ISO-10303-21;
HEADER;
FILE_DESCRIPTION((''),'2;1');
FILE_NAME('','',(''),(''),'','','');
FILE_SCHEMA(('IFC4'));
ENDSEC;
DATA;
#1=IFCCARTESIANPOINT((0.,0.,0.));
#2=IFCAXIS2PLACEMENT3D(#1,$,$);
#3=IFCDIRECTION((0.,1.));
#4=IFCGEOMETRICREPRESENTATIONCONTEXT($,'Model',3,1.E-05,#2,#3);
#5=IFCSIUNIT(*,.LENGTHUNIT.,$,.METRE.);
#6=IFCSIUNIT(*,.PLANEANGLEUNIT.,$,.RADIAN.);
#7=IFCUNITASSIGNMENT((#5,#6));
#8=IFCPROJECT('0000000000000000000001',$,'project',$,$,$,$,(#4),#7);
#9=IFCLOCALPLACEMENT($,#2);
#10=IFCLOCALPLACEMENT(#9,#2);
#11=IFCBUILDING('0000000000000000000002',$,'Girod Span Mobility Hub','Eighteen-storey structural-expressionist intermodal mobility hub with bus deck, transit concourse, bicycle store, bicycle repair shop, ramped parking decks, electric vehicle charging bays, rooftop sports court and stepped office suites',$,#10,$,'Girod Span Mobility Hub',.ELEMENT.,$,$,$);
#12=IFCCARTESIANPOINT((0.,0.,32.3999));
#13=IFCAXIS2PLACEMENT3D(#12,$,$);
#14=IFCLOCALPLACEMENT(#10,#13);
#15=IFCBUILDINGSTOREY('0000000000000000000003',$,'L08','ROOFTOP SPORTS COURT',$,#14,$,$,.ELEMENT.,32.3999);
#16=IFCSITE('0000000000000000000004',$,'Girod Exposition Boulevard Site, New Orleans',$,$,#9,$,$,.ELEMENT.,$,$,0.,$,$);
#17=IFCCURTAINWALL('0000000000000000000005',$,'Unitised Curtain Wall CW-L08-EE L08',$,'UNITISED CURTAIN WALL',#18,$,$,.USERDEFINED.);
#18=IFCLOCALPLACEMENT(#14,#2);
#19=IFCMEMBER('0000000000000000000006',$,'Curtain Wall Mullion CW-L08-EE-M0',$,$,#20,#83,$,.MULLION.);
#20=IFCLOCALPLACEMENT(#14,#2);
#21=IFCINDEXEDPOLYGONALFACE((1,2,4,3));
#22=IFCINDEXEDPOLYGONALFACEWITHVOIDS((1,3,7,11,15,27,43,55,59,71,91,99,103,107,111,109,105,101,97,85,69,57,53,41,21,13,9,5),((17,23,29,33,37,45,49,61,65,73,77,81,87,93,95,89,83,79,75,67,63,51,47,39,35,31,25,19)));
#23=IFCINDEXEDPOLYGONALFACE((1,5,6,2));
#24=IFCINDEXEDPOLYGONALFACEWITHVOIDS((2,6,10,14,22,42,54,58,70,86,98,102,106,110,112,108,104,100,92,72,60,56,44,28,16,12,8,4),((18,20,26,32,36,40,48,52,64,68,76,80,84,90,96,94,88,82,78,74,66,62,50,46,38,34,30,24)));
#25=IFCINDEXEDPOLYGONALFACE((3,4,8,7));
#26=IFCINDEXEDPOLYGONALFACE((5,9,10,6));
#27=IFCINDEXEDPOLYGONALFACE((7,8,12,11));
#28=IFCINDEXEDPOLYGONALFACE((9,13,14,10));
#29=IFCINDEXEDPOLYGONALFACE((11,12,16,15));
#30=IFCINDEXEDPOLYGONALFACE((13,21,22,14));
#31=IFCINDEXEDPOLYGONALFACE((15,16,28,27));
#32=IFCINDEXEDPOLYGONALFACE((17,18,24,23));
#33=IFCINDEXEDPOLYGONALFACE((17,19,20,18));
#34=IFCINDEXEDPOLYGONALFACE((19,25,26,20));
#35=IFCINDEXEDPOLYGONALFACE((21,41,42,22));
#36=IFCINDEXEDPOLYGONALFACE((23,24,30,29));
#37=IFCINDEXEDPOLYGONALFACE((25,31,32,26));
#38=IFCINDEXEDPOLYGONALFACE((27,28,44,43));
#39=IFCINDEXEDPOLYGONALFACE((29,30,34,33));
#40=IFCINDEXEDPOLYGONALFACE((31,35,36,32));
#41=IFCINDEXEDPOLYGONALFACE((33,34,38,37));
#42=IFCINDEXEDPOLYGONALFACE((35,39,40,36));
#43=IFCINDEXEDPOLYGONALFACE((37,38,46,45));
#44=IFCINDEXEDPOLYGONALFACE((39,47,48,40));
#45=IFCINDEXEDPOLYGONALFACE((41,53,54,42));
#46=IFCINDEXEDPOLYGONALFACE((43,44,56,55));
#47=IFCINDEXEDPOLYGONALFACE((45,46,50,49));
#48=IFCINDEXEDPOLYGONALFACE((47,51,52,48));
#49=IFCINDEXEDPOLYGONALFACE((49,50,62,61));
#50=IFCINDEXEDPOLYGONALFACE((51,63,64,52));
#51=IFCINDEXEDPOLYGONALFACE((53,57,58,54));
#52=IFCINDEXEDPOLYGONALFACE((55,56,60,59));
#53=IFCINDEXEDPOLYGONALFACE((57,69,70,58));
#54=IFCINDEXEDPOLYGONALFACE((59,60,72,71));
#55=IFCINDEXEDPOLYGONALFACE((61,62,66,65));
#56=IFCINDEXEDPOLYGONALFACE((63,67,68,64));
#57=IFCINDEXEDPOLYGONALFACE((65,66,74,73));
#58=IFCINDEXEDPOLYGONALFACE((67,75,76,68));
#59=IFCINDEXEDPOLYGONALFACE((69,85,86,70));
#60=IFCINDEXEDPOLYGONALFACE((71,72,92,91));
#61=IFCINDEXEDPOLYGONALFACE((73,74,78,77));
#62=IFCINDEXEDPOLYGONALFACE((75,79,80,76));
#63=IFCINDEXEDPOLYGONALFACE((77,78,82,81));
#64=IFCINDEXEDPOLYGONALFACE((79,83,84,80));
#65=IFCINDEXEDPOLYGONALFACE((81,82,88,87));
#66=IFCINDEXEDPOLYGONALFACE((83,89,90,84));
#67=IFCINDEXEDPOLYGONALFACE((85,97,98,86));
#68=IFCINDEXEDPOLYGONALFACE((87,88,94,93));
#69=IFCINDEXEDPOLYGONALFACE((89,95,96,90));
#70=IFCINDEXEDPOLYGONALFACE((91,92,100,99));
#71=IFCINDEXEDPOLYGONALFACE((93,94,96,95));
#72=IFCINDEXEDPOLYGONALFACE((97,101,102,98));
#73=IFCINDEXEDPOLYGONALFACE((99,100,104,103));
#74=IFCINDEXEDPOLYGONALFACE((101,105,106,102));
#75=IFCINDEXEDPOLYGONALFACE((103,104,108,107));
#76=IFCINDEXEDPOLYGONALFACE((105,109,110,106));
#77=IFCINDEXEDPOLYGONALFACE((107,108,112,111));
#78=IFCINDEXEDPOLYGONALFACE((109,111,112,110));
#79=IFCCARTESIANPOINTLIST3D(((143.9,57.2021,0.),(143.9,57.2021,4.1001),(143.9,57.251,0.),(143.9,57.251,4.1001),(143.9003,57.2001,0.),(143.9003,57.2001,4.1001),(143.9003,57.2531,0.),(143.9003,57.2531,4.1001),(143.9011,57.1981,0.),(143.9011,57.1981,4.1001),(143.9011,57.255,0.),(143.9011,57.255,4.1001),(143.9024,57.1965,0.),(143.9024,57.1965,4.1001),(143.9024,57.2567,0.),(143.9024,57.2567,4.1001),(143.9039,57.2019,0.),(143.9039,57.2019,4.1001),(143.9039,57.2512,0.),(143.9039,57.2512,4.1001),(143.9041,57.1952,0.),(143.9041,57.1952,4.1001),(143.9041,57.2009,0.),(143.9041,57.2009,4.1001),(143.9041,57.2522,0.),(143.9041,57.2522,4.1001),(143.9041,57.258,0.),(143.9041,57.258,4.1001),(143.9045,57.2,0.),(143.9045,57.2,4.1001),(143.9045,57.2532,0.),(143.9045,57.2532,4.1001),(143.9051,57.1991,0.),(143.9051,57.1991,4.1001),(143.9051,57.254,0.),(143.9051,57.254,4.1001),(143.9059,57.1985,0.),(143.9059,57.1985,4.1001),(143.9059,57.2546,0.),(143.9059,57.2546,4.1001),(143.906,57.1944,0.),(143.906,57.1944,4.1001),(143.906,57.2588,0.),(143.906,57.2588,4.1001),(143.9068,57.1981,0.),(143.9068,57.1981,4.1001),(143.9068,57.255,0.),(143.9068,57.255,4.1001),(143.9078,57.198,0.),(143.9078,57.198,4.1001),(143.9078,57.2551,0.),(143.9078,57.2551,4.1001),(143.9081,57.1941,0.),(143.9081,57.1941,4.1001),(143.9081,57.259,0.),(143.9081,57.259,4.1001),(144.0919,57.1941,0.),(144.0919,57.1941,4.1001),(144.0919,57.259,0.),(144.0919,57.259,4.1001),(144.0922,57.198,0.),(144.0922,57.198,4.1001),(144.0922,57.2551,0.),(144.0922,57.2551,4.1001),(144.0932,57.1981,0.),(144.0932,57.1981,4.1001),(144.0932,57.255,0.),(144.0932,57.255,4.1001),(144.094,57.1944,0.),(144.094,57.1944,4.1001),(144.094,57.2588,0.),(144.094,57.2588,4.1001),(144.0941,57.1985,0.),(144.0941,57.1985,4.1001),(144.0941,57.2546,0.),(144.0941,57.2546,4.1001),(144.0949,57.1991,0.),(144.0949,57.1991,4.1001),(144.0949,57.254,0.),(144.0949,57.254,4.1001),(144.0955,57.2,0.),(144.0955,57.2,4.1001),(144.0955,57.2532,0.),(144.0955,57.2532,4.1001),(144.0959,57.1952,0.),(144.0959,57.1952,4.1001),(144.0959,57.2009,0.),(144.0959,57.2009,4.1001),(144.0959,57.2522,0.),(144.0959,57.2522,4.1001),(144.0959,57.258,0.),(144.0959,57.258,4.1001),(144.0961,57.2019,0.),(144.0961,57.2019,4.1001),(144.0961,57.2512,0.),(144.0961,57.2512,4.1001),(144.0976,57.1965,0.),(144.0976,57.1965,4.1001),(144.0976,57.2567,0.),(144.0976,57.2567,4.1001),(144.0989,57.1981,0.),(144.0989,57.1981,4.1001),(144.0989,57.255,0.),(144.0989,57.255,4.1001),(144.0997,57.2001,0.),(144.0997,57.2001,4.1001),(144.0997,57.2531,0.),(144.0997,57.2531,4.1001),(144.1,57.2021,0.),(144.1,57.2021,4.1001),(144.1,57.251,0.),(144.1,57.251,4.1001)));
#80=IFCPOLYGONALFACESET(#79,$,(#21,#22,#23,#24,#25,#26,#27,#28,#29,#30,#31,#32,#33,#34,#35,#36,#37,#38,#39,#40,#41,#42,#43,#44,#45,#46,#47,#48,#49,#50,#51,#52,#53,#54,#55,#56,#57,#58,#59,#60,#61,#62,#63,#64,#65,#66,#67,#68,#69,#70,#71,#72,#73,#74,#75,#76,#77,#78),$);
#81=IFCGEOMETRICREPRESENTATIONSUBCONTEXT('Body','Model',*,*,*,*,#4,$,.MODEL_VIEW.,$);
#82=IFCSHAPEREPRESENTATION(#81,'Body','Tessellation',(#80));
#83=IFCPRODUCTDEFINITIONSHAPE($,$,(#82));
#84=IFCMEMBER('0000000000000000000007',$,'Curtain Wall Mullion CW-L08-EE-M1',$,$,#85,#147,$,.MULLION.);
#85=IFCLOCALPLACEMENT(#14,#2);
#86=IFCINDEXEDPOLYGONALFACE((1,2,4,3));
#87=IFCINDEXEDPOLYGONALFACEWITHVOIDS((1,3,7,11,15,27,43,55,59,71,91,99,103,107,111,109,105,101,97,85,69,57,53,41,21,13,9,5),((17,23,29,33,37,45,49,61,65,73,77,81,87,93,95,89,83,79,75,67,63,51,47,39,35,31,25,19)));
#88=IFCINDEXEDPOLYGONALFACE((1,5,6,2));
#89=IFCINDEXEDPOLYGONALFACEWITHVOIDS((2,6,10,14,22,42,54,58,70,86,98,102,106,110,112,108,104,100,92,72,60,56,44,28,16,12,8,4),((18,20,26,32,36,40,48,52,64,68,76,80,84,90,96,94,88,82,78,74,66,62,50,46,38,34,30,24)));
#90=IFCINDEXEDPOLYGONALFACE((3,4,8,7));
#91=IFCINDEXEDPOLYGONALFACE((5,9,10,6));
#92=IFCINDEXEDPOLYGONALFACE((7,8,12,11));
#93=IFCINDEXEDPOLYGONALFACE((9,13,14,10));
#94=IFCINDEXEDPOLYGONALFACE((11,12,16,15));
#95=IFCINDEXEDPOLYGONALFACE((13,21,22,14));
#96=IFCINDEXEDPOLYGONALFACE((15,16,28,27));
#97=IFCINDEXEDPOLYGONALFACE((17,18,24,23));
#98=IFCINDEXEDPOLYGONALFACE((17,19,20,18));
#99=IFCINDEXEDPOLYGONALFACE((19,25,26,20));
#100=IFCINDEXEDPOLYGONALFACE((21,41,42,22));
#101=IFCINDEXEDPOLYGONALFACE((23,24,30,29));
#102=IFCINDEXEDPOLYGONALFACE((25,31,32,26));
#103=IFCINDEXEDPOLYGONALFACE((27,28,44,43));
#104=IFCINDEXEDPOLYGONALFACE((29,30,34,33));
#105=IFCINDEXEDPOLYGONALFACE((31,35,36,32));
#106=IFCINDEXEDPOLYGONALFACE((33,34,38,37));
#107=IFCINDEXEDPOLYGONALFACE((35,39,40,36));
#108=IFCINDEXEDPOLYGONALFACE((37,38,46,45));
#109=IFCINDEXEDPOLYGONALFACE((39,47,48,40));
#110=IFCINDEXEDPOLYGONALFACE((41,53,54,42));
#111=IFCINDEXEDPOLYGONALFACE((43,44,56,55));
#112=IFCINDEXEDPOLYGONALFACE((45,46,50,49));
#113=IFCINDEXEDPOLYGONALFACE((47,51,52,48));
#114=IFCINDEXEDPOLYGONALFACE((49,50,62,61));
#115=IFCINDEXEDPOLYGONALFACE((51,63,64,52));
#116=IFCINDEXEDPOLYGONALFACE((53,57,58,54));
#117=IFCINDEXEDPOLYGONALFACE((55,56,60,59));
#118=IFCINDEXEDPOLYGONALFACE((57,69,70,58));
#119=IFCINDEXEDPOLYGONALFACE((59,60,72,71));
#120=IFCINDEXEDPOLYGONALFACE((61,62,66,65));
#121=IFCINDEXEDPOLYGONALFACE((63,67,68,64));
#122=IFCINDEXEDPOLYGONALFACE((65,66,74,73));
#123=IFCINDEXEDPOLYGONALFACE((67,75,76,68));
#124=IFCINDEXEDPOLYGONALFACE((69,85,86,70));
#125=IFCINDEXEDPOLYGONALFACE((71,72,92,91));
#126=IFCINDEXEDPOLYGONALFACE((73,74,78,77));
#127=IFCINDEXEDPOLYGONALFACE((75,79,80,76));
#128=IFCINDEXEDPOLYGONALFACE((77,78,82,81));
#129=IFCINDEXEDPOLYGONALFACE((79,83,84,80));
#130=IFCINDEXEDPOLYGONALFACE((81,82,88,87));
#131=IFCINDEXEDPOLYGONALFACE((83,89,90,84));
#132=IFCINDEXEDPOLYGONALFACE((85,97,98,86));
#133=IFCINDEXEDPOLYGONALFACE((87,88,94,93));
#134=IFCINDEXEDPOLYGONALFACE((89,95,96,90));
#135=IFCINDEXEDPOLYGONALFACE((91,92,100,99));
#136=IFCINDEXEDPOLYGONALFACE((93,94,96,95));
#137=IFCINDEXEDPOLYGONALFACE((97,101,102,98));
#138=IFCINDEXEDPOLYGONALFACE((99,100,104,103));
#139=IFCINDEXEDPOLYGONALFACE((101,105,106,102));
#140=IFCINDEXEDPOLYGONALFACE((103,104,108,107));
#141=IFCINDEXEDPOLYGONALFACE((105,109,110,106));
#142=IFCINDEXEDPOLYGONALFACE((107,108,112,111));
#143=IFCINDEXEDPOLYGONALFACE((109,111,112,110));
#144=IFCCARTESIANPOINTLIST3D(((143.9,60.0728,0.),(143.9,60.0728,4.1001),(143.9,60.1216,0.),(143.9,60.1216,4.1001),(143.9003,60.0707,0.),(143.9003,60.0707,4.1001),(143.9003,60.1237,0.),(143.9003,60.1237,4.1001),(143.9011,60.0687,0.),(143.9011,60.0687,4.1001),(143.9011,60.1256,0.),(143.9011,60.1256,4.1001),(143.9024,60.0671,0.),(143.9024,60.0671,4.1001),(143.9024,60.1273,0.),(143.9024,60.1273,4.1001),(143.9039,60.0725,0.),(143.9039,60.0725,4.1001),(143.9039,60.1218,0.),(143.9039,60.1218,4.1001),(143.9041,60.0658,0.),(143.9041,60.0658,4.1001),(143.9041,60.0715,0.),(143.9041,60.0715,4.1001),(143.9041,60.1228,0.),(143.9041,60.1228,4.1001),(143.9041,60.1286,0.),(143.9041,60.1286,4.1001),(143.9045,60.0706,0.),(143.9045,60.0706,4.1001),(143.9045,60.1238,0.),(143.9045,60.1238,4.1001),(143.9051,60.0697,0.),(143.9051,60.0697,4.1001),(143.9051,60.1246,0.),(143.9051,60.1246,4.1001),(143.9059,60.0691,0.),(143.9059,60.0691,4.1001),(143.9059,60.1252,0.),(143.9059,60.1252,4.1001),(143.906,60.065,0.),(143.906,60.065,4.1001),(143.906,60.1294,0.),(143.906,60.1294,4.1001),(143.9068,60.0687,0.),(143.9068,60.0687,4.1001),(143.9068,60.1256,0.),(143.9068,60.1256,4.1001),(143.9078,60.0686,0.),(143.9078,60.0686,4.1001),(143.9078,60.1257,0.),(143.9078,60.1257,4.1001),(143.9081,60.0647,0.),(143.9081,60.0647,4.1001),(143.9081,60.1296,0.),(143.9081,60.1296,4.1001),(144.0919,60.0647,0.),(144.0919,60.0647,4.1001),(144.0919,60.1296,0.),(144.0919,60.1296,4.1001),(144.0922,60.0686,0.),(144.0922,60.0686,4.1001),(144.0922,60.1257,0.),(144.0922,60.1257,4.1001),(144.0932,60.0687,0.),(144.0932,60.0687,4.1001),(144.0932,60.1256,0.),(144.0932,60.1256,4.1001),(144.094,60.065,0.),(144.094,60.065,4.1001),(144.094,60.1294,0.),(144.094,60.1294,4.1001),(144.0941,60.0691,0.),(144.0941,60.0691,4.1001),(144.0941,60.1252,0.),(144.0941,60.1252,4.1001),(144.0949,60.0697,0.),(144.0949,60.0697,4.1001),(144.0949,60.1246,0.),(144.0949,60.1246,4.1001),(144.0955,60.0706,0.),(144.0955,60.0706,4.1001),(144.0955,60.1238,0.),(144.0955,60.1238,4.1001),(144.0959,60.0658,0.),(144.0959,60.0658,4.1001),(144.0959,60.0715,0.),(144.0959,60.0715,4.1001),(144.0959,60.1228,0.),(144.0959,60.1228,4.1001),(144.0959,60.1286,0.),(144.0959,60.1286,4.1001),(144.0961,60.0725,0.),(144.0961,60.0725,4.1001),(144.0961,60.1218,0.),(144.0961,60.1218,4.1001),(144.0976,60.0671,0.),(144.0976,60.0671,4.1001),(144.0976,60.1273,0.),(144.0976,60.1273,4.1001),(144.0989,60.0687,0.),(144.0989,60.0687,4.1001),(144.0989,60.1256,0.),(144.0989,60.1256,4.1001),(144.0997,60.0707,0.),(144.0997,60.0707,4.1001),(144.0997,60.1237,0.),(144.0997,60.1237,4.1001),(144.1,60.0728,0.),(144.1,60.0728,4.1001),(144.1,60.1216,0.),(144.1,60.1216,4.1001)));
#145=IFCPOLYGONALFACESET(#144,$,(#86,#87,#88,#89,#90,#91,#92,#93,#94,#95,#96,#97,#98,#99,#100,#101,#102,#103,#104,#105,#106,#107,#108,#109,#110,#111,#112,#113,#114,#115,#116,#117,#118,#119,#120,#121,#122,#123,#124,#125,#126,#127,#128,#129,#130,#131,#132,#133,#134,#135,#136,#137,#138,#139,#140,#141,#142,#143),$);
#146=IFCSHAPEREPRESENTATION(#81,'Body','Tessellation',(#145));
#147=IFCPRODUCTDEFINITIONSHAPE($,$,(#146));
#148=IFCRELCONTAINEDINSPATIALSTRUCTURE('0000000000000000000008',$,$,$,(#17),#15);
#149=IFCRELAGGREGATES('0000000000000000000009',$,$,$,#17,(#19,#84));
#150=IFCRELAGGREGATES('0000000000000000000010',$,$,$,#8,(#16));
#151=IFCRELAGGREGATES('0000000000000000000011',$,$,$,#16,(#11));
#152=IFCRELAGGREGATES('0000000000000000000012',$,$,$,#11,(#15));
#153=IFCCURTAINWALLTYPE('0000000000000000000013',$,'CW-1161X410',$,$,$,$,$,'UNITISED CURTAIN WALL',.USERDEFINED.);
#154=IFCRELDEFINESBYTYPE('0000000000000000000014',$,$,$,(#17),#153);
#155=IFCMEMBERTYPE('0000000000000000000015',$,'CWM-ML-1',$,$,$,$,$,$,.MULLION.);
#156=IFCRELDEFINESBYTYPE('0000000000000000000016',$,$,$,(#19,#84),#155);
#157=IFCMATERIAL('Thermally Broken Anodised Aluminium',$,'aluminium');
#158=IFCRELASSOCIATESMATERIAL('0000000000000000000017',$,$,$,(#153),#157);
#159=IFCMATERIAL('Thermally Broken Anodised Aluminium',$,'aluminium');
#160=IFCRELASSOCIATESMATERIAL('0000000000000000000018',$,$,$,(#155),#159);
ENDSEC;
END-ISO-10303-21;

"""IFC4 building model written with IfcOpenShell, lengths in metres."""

from ifc_helpers import new_model, si_unit, direction, frame, origin, origin_2d, place, context, subcontext, project, spatial, hollow_rectangle, extrude, material, material_profile, profile_set, type_object, element, aggregate, save


model = new_model("IFC4")

# Units and contexts
model_context = context("Model", 3, precision=1e-05, world=origin(), true_north=direction((0.0, 1.0)))
body_context = subcontext(model_context, "Body", "Model", "MODEL_VIEW")
ifc_project = project(units=[si_unit("LENGTHUNIT", "METRE"), si_unit("PLANEANGLEUNIT", "RADIAN")], contexts=[model_context])

# Site, building, storey
site_placement = place(None, origin())
site = spatial("IfcSite", under=ifc_project, at=site_placement, Name="Girod Exposition Boulevard Site, New Orleans", CompositionType="ELEMENT", RefElevation=0.0)
building_placement = place(site_placement, origin())
building = spatial("IfcBuilding", under=site, at=building_placement, Name="Girod Span Mobility Hub", Description="Eighteen-storey structural-expressionist intermodal mobility hub with bus deck, transit concourse, bicycle store, bicycle repair shop, ramped parking decks, electric vehicle charging bays, rooftop sports court and stepped office suites", LongName="Girod Span Mobility Hub", CompositionType="ELEMENT")
storey_placement = place(building_placement, frame((0.0, 0.0, 32.3999)))
storey = spatial("IfcBuildingStorey", under=building, at=storey_placement, Name="L08", Description="ROOFTOP SPORTS COURT", CompositionType="ELEMENT", Elevation=32.3999)

# Shared definitions
ifc_material_1 = material(Name="Thermally Broken Anodised Aluminium", Category="aluminium")
curtain_wall_type = type_object("IfcCurtainWallType", Name="CW-1161X410", ElementType="UNITISED CURTAIN WALL", PredefinedType="USERDEFINED", material=ifc_material_1)
ifc_material_2 = material(Name="Thermally Broken Anodised Aluminium", Category="aluminium")
ifc_material_profile_1 = material_profile(ifc_material_2, hollow_rectangle(XDim=0.2, YDim=0.0649, WallThickness=0.0039, InnerFilletRadius=0.0039, OuterFilletRadius=0.0081, at=origin_2d()), Name="CW-ML-65X200")
ifc_profile_set_1 = profile_set([ifc_material_profile_1], Name="Thermally Broken Anodised Aluminium")
member_type_1 = type_object("IfcMemberType", Name="CWM-ML-1", PredefinedType="MULLION", material=ifc_profile_set_1)

# Curtain wall, members
curtain_wall_1_placement = place(storey_placement, origin())
curtain_wall_1 = element("IfcCurtainWall", 1, at=curtain_wall_1_placement, inside=storey, type_object=curtain_wall_type, Name="Unitised Curtain Wall CW-L08-EE L08", ObjectType="UNITISED CURTAIN WALL", PredefinedType="USERDEFINED")
member_1_placement = place(storey_placement, frame((144.0, 57.2266, 0.0), z_axis=(0.0, 0.0, 1.0), x_axis=(1.0, 0.0, 0.0)))
member_1 = element("IfcMember", 2, at=member_1_placement, type_object=member_type_1, Name="Curtain Wall Mullion CW-L08-EE-M0", PredefinedType="MULLION", context=body_context, shape_type="SweptSolid", body=[
    extrude(hollow_rectangle(XDim=0.2, YDim=0.0649, WallThickness=0.0039, InnerFilletRadius=0.0039, OuterFilletRadius=0.0081, at=origin_2d()), origin(), (0.0, 0.0, 1.0), 4.1001),
])
member_2_placement = place(storey_placement, frame((144.0, 60.0972, 0.0), z_axis=(0.0, 0.0, 1.0), x_axis=(1.0, 0.0, 0.0)))
member_2 = element("IfcMember", 3, at=member_2_placement, type_object=member_type_1, Name="Curtain Wall Mullion CW-L08-EE-M1", PredefinedType="MULLION", context=body_context, shape_type="SweptSolid", body=[
    extrude(hollow_rectangle(XDim=0.2, YDim=0.0649, WallThickness=0.0039, InnerFilletRadius=0.0039, OuterFilletRadius=0.0081, at=origin_2d()), origin(), (0.0, 0.0, 1.0), 4.1001),
])

aggregate(curtain_wall_1, [member_1, member_2])

save(model, "model.ifc")
